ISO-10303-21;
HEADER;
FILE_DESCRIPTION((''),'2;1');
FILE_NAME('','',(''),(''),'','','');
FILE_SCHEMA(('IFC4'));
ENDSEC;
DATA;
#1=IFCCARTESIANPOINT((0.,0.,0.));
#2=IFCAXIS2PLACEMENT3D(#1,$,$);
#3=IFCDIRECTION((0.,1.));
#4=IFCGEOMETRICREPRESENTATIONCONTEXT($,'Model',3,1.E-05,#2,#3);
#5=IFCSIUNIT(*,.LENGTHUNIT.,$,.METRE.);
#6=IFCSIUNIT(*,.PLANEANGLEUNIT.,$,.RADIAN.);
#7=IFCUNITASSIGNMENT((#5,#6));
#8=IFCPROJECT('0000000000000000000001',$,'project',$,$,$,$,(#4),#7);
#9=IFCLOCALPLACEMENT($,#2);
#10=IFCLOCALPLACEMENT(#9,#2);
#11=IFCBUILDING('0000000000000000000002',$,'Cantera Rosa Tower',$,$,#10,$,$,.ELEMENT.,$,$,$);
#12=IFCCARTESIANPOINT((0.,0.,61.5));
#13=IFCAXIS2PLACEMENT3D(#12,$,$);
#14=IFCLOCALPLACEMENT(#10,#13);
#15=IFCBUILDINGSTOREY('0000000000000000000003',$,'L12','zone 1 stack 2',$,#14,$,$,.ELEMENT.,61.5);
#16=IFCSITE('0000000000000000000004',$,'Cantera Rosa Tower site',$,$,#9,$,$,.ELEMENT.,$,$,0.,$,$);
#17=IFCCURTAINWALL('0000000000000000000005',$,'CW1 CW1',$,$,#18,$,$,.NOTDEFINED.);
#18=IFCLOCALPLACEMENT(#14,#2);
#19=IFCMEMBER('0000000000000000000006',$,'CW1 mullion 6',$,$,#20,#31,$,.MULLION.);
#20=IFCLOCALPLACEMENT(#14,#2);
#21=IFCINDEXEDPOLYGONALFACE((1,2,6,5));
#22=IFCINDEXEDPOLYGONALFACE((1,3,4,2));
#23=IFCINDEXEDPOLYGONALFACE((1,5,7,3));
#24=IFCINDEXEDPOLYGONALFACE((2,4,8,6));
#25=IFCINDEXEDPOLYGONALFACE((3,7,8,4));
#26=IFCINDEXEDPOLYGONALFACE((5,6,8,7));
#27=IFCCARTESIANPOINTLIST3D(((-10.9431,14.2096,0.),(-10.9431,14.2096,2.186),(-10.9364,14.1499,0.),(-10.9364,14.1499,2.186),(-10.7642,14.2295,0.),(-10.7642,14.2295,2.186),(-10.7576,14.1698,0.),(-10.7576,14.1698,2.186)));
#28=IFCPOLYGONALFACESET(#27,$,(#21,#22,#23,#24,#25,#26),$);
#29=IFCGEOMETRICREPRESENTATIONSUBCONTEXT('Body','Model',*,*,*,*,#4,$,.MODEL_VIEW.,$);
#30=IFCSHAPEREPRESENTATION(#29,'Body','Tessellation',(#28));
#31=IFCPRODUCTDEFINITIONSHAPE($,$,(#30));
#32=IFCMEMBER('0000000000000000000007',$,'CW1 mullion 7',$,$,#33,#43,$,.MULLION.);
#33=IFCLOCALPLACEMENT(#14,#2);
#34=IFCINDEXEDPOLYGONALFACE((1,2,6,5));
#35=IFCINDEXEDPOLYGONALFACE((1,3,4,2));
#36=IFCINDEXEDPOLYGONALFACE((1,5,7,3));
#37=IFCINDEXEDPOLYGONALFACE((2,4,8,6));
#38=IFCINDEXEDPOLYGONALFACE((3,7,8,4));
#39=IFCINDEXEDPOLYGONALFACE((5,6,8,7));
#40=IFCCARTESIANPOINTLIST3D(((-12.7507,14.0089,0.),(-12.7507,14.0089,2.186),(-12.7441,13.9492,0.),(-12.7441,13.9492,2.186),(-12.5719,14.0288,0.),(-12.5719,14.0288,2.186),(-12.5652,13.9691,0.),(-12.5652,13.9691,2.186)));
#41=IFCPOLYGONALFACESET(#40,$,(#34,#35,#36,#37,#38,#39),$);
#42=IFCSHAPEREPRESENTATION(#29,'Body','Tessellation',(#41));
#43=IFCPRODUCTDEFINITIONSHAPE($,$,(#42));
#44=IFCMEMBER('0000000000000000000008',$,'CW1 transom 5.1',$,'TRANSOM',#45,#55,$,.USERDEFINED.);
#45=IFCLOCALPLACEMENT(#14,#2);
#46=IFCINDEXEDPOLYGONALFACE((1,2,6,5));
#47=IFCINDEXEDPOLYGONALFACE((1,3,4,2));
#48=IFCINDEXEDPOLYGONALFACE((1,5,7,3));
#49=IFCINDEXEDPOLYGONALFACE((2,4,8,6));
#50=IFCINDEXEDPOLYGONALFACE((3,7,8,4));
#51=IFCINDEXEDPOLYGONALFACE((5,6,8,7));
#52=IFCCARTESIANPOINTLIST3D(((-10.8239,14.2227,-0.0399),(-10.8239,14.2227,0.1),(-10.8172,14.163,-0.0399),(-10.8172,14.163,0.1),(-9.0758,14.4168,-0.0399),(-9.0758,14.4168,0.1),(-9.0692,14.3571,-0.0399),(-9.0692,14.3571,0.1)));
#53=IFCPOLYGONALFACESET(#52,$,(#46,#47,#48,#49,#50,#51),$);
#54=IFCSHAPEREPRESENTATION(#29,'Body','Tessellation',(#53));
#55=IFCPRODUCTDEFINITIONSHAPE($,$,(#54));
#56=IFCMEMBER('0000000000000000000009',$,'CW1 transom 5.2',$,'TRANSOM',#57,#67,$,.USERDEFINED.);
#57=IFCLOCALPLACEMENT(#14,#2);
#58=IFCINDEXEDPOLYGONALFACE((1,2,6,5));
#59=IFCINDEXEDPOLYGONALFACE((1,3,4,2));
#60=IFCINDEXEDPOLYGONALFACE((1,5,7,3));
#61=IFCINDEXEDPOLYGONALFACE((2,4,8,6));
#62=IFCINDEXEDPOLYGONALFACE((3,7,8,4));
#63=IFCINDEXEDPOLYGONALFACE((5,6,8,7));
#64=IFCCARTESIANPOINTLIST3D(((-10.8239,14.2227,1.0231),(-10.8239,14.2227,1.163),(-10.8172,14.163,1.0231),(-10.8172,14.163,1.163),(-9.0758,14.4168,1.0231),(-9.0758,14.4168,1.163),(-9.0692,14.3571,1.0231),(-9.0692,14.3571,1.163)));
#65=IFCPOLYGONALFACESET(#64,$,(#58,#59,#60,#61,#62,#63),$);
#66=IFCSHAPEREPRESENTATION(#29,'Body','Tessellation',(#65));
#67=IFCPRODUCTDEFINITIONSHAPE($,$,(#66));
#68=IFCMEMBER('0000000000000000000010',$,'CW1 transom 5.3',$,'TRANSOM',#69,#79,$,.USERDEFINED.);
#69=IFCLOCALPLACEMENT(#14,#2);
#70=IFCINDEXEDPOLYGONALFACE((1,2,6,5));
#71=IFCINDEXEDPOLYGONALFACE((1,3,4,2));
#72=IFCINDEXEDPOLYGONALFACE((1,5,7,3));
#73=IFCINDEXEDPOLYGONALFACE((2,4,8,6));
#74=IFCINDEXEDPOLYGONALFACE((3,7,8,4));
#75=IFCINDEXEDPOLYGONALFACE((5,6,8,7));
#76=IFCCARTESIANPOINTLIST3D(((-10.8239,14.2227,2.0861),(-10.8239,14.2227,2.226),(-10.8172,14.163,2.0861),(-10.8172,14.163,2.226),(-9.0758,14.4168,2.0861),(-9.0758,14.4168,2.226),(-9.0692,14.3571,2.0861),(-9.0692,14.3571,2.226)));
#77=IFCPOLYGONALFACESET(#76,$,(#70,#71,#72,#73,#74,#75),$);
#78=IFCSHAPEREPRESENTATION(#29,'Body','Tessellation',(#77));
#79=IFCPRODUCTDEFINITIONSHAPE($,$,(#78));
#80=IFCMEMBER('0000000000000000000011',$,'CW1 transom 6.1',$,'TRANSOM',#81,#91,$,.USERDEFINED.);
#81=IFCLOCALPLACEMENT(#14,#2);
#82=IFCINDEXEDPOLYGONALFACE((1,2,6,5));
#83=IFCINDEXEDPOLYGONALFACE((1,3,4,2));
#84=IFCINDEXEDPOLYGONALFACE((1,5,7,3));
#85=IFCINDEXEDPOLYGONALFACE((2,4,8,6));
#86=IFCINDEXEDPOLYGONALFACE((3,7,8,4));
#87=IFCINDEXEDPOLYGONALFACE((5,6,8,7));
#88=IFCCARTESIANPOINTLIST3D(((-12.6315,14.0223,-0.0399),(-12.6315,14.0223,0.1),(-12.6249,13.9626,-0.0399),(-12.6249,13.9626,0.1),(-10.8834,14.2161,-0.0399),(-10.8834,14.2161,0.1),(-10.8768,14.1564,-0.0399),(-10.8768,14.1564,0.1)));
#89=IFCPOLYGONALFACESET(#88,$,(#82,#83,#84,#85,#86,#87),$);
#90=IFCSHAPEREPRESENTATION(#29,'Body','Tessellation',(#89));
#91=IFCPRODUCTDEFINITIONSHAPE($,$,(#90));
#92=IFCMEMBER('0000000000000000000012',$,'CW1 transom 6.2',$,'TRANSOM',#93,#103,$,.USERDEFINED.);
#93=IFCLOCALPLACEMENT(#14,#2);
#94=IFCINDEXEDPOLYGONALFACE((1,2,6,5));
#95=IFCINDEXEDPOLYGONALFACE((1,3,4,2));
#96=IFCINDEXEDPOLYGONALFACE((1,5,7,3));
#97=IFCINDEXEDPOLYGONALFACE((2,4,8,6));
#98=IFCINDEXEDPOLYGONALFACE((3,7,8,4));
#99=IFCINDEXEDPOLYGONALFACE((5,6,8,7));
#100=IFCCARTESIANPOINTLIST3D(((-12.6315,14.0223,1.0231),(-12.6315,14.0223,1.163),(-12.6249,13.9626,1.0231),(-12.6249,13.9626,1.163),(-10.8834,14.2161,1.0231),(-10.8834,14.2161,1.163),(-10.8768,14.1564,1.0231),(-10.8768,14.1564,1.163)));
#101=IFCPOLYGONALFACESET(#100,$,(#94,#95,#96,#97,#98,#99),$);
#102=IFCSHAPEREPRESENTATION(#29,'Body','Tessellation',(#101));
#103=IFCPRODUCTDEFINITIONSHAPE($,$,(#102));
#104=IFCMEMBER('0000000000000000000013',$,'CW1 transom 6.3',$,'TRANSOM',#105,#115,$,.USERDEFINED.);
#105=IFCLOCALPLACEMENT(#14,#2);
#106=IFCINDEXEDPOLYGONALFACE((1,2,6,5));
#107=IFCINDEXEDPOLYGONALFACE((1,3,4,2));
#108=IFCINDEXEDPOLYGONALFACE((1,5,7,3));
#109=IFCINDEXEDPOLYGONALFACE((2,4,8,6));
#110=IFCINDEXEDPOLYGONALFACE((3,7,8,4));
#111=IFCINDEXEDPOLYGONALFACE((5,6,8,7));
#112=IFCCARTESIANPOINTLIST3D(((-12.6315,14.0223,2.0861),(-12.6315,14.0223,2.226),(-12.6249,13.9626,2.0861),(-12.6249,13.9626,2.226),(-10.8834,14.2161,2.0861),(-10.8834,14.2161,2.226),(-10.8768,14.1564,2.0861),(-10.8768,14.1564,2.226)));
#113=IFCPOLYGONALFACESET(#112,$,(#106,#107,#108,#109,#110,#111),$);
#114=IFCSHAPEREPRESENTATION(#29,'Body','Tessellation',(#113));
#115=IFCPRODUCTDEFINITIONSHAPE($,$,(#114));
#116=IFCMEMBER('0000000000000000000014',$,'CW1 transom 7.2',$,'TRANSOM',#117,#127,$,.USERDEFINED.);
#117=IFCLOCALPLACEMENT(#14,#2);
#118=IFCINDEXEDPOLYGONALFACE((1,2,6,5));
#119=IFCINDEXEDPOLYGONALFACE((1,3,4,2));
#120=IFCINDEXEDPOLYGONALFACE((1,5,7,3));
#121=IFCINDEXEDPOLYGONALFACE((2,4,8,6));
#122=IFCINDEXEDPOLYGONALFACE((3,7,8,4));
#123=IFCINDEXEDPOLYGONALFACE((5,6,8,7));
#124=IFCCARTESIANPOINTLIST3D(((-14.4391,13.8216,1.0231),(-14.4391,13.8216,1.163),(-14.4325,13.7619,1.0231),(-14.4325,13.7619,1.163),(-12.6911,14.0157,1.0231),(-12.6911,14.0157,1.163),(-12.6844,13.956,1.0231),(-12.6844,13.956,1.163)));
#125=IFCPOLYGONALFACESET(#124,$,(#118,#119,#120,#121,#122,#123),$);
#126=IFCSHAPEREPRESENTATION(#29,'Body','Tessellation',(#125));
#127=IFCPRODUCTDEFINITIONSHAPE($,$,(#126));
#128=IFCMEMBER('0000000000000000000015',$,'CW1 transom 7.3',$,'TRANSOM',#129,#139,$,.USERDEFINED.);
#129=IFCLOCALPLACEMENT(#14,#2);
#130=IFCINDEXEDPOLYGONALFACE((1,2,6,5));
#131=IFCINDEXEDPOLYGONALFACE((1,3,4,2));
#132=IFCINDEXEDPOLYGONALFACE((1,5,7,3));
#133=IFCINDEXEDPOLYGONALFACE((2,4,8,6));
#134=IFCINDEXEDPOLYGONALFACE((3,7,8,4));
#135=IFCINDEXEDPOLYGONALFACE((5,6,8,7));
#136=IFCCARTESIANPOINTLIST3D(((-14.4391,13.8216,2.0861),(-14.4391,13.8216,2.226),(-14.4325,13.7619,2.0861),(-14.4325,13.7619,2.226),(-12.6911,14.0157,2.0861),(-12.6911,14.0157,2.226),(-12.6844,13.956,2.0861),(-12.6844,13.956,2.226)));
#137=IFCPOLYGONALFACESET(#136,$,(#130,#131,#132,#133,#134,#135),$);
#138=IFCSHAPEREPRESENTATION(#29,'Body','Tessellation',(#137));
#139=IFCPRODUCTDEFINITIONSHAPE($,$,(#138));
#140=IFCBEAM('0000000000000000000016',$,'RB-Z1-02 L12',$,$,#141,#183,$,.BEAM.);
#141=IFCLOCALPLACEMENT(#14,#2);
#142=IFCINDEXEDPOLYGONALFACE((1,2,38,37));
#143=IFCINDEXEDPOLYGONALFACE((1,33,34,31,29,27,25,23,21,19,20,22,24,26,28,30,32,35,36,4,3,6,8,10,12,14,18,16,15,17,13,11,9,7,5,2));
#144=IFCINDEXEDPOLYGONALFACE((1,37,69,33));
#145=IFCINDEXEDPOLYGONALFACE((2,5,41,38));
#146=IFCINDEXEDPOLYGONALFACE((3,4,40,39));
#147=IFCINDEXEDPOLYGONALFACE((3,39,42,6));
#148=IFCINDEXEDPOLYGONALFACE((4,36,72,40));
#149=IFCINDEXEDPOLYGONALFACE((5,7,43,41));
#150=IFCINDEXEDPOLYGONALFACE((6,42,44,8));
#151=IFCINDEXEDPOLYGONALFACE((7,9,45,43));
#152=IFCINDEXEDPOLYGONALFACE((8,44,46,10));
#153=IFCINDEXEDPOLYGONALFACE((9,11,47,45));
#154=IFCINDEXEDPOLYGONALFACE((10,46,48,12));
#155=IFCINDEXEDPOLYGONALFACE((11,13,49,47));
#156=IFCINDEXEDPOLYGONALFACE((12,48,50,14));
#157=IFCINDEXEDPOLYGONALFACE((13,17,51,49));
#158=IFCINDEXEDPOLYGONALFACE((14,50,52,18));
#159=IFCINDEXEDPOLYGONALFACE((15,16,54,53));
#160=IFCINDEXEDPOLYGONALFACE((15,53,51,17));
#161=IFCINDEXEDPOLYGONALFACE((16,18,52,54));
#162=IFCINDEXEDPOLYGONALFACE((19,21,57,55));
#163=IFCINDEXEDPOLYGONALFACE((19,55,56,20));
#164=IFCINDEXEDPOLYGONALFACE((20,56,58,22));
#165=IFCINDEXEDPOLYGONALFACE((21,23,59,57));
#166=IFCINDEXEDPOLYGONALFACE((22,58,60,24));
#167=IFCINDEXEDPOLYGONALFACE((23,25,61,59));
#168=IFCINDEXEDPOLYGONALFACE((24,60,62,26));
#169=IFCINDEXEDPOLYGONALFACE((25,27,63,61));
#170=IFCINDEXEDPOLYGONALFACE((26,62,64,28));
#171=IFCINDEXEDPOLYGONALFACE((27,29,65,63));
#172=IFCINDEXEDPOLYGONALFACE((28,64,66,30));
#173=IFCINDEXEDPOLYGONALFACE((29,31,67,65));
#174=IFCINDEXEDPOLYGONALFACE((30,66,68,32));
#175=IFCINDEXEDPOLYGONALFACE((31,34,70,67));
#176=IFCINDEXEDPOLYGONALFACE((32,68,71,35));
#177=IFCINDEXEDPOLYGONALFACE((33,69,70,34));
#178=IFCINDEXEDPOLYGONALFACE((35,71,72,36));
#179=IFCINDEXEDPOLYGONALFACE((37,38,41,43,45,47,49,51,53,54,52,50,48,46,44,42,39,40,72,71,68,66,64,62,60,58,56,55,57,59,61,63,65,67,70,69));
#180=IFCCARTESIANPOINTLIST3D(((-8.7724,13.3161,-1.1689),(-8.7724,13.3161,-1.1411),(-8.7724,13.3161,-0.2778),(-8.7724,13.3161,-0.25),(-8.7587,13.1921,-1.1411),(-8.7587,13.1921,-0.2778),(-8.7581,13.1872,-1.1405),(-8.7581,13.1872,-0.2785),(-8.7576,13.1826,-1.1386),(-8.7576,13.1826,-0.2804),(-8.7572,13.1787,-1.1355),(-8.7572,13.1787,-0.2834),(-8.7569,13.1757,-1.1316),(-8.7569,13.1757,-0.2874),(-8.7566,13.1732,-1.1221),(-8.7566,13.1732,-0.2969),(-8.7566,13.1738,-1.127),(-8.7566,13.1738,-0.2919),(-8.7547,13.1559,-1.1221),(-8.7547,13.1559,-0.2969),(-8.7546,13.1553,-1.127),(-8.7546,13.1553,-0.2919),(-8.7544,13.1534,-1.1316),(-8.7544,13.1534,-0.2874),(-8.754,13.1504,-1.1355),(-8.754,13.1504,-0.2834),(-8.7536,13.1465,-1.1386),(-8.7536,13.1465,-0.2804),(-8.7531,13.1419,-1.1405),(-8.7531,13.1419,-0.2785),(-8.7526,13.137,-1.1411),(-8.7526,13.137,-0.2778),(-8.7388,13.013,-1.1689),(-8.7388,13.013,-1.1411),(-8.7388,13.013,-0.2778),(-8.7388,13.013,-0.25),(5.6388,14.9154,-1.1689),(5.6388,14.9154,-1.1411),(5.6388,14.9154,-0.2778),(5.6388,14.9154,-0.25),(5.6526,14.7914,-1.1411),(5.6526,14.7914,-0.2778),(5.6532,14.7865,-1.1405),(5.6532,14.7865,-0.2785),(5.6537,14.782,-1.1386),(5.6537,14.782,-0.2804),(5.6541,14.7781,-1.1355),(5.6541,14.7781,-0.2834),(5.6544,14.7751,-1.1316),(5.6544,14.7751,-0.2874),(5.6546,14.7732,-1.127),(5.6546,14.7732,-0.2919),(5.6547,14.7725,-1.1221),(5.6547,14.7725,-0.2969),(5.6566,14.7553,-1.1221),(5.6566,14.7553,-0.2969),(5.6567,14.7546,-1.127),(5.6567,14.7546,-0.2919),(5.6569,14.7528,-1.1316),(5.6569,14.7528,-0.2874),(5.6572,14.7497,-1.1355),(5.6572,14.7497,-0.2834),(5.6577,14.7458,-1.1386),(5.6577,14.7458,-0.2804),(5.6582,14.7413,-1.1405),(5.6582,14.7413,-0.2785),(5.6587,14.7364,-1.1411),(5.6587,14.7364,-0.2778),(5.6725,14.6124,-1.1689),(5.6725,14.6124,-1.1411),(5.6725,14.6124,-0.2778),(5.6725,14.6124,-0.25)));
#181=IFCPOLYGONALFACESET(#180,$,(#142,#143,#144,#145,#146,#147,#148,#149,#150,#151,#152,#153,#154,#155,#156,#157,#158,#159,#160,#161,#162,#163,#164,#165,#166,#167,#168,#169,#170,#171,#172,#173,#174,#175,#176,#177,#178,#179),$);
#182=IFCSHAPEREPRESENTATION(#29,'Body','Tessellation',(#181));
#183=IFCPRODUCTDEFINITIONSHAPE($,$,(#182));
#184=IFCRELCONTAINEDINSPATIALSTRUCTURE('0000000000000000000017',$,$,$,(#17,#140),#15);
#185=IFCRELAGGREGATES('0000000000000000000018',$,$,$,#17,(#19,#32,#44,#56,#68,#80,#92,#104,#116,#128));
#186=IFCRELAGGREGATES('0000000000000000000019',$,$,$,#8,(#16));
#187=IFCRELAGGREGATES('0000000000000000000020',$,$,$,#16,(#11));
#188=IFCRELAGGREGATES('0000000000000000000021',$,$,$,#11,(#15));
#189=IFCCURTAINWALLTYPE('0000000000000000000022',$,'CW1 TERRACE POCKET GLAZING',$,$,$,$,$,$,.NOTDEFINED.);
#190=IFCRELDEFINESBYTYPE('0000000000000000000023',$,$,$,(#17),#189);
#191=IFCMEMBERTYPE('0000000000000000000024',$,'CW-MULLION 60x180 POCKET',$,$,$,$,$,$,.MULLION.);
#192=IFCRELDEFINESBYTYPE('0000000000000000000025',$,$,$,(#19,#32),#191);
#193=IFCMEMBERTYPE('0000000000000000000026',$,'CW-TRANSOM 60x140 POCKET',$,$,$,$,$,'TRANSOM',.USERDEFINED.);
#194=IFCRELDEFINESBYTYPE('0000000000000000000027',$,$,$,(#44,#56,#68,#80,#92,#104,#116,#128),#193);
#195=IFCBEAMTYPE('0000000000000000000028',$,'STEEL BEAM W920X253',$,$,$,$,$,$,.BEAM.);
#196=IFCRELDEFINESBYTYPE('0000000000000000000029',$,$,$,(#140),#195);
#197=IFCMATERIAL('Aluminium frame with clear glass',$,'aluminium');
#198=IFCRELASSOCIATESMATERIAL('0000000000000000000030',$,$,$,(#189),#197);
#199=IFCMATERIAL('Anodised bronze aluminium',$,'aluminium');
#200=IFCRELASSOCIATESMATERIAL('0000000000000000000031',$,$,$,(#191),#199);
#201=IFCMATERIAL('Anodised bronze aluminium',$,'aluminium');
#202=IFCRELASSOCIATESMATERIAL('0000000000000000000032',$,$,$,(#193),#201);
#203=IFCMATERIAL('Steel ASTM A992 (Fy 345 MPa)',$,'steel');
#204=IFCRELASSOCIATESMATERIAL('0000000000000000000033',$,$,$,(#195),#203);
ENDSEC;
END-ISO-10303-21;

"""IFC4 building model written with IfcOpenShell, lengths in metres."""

from ifc_helpers import new_model, si_unit, direction, frame, origin, origin_2d, place, context, subcontext, project, spatial, rectangle, i_section, extrude, material, material_profile, profile_set, type_object, element, aggregate, save


model = new_model("IFC4")

# Units and contexts
model_context = context("Model", 3, precision=1e-05, world=origin(), true_north=direction((0.0, 1.0)))
body_context = subcontext(model_context, "Body", "Model", "MODEL_VIEW")
ifc_project = project(units=[si_unit("LENGTHUNIT", "METRE"), si_unit("PLANEANGLEUNIT", "RADIAN")], contexts=[model_context])

# Site, building, storey
site_placement = place(None, origin())
site = spatial("IfcSite", under=ifc_project, at=site_placement, Name="Cantera Rosa Tower site", CompositionType="ELEMENT", RefElevation=0.0)
building_placement = place(site_placement, origin())
building = spatial("IfcBuilding", under=site, at=building_placement, Name="Cantera Rosa Tower", CompositionType="ELEMENT")
storey_placement = place(building_placement, frame((0.0, 0.0, 61.5)))
storey = spatial("IfcBuildingStorey", under=building, at=storey_placement, Name="L12", Description="zone 1 stack 2", CompositionType="ELEMENT", Elevation=61.5)

# Curtain wall, members
ifc_material_1 = material(Name="Aluminium frame with clear glass", Category="aluminium")
curtain_wall_type = type_object("IfcCurtainWallType", Name="CW1 TERRACE POCKET GLAZING", PredefinedType="NOTDEFINED", material=ifc_material_1)
curtain_wall_placement = place(storey_placement, origin())
curtain_wall = element("IfcCurtainWall", 1, at=curtain_wall_placement, inside=storey, type_object=curtain_wall_type, Name="CW1 CW1", PredefinedType="NOTDEFINED")
ifc_material_2 = material(Name="Anodised bronze aluminium", Category="aluminium")
ifc_material_profile_1 = material_profile(ifc_material_2, rectangle(XDim=0.0601, YDim=0.1799, at=origin_2d()), Name="CW-MULLION 60x180 POCKET")
ifc_profile_set_1 = profile_set([ifc_material_profile_1], Name="Anodised bronze aluminium")
member_type_1 = type_object("IfcMemberType", Name="CW-MULLION 60x180 POCKET", PredefinedType="MULLION", material=ifc_profile_set_1)
member_1_placement = place(storey_placement, frame((-10.8503, 14.1897, 0.0), z_axis=(0.0, 0.0, 1.0), x_axis=(0.110313, -0.993897, 0.0)))
member_1 = element("IfcMember", 2, at=member_1_placement, type_object=member_type_1, Name="CW1 mullion 6", PredefinedType="MULLION", context=body_context, shape_type="SweptSolid", body=[
    extrude(rectangle(XDim=0.0601, YDim=0.1799, at=origin_2d()), origin(), (0.0, 0.0, 1.0), 2.186),
])
member_2_placement = place(storey_placement, frame((-12.658, 13.989, 0.0), z_axis=(0.0, 0.0, 1.0), x_axis=(0.110313, -0.993897, 0.0)))
member_2 = element("IfcMember", 3, at=member_2_placement, type_object=member_type_1, Name="CW1 mullion 7", PredefinedType="MULLION", context=body_context, shape_type="SweptSolid", body=[
    extrude(rectangle(XDim=0.0601, YDim=0.1799, at=origin_2d()), origin(), (0.0, 0.0, 1.0), 2.186),
])
ifc_material_3 = material(Name="Anodised bronze aluminium", Category="aluminium")
ifc_material_profile_2 = material_profile(ifc_material_3, rectangle(XDim=0.0601, YDim=0.1399, at=origin_2d()), Name="CW-TRANSOM 60x140 POCKET")
ifc_profile_set_2 = profile_set([ifc_material_profile_2], Name="Anodised bronze aluminium")
member_type_2 = type_object("IfcMemberType", Name="CW-TRANSOM 60x140 POCKET", ElementType="TRANSOM", PredefinedType="USERDEFINED", material=ifc_profile_set_2)
member_3_placement = place(storey_placement, frame((-9.0725, 14.387, 0.03), z_axis=(-0.993892, -0.110355, 0.0), x_axis=(0.110355, -0.993892, 0.0)))
member_3 = element("IfcMember", 4, at=member_3_placement, type_object=member_type_2, Name="CW1 transom 5.1", ObjectType="TRANSOM", PredefinedType="USERDEFINED", context=body_context, shape_type="SweptSolid", body=[
    extrude(rectangle(XDim=0.0601, YDim=0.1399, at=origin_2d()), origin(), (0.0, 0.0, 1.0), 1.7588),
])
member_4_placement = place(storey_placement, frame((-9.0725, 14.387, 1.093), z_axis=(-0.993892, -0.110355, 0.0), x_axis=(0.110355, -0.993892, 0.0)))
member_4 = element("IfcMember", 5, at=member_4_placement, type_object=member_type_2, Name="CW1 transom 5.2", ObjectType="TRANSOM", PredefinedType="USERDEFINED", context=body_context, shape_type="SweptSolid", body=[
    extrude(rectangle(XDim=0.0601, YDim=0.1399, at=origin_2d()), origin(), (0.0, 0.0, 1.0), 1.7588),
])
member_5_placement = place(storey_placement, frame((-9.0725, 14.387, 2.156), z_axis=(-0.993892, -0.110355, 0.0), x_axis=(0.110355, -0.993892, 0.0)))
member_5 = element("IfcMember", 6, at=member_5_placement, type_object=member_type_2, Name="CW1 transom 5.3", ObjectType="TRANSOM", PredefinedType="USERDEFINED", context=body_context, shape_type="SweptSolid", body=[
    extrude(rectangle(XDim=0.0601, YDim=0.1399, at=origin_2d()), origin(), (0.0, 0.0, 1.0), 1.7588),
])
member_6_placement = place(storey_placement, frame((-10.8801, 14.1863, 0.03), z_axis=(-0.993907, -0.110218, 0.0), x_axis=(0.110218, -0.993907, 0.0)))
member_6 = element("IfcMember", 7, at=member_6_placement, type_object=member_type_2, Name="CW1 transom 6.1", ObjectType="TRANSOM", PredefinedType="USERDEFINED", context=body_context, shape_type="SweptSolid", body=[
    extrude(rectangle(XDim=0.0601, YDim=0.1399, at=origin_2d()), origin(), (0.0, 0.0, 1.0), 1.7588),
])
member_7_placement = place(storey_placement, frame((-10.8801, 14.1863, 1.093), z_axis=(-0.993907, -0.110218, 0.0), x_axis=(0.110218, -0.993907, 0.0)))
member_7 = element("IfcMember", 8, at=member_7_placement, type_object=member_type_2, Name="CW1 transom 6.2", ObjectType="TRANSOM", PredefinedType="USERDEFINED", context=body_context, shape_type="SweptSolid", body=[
    extrude(rectangle(XDim=0.0601, YDim=0.1399, at=origin_2d()), origin(), (0.0, 0.0, 1.0), 1.7588),
])
member_8_placement = place(storey_placement, frame((-10.8801, 14.1863, 2.156), z_axis=(-0.993907, -0.110218, 0.0), x_axis=(0.110218, -0.993907, 0.0)))
member_8 = element("IfcMember", 9, at=member_8_placement, type_object=member_type_2, Name="CW1 transom 6.3", ObjectType="TRANSOM", PredefinedType="USERDEFINED", context=body_context, shape_type="SweptSolid", body=[
    extrude(rectangle(XDim=0.0601, YDim=0.1399, at=origin_2d()), origin(), (0.0, 0.0, 1.0), 1.7588),
])
member_9_placement = place(storey_placement, frame((-12.6877, 13.9858, 1.093), z_axis=(-0.993892, -0.110355, 0.0), x_axis=(0.110355, -0.993892, 0.0)))
member_9 = element("IfcMember", 10, at=member_9_placement, type_object=member_type_2, Name="CW1 transom 7.2", ObjectType="TRANSOM", PredefinedType="USERDEFINED", context=body_context, shape_type="SweptSolid", body=[
    extrude(rectangle(XDim=0.0601, YDim=0.1399, at=origin_2d()), origin(), (0.0, 0.0, 1.0), 1.7588),
])
member_10_placement = place(storey_placement, frame((-12.6877, 13.9858, 2.156), z_axis=(-0.993892, -0.110355, 0.0), x_axis=(0.110355, -0.993892, 0.0)))
member_10 = element("IfcMember", 11, at=member_10_placement, type_object=member_type_2, Name="CW1 transom 7.3", ObjectType="TRANSOM", PredefinedType="USERDEFINED", context=body_context, shape_type="SweptSolid", body=[
    extrude(rectangle(XDim=0.0601, YDim=0.1399, at=origin_2d()), origin(), (0.0, 0.0, 1.0), 1.7588),
])

# Beam
ifc_material_4 = material(Name="Steel ASTM A992 (Fy 345 MPa)", Category="steel")
ifc_material_profile_3 = material_profile(ifc_material_4, i_section(OverallWidth=0.3049, OverallDepth=0.9189, WebThickness=0.0173, FlangeThickness=0.0278, FilletRadius=0.019, at=origin_2d()), Name="W920X253")
ifc_profile_set_3 = profile_set([ifc_material_profile_3], Name="Steel ASTM A992 (Fy 345 MPa)")
beam_type = type_object("IfcBeamType", Name="STEEL BEAM W920X253", PredefinedType="BEAM", material=ifc_profile_set_3)
beam_placement = place(storey_placement, frame((-8.7556, 13.1646, -0.7095), z_axis=(0.993898, 0.110302, 0.0), x_axis=(-0.110302, 0.993898, 0.0)))
element("IfcBeam", 12, at=beam_placement, inside=storey, type_object=beam_type, Name="RB-Z1-02 L12", PredefinedType="BEAM", context=body_context, shape_type="SweptSolid", body=[
    extrude(i_section(OverallWidth=0.3049, OverallDepth=0.9189, WebThickness=0.0173, FlangeThickness=0.0278, FilletRadius=0.019, at=origin_2d()), origin(), (0.0, 0.0, 1.0), 14.4998),
])

aggregate(curtain_wall, [member_1, member_2, member_3, member_4, member_5, member_6, member_7, member_8, member_9, member_10])

save(model, "model.ifc")
